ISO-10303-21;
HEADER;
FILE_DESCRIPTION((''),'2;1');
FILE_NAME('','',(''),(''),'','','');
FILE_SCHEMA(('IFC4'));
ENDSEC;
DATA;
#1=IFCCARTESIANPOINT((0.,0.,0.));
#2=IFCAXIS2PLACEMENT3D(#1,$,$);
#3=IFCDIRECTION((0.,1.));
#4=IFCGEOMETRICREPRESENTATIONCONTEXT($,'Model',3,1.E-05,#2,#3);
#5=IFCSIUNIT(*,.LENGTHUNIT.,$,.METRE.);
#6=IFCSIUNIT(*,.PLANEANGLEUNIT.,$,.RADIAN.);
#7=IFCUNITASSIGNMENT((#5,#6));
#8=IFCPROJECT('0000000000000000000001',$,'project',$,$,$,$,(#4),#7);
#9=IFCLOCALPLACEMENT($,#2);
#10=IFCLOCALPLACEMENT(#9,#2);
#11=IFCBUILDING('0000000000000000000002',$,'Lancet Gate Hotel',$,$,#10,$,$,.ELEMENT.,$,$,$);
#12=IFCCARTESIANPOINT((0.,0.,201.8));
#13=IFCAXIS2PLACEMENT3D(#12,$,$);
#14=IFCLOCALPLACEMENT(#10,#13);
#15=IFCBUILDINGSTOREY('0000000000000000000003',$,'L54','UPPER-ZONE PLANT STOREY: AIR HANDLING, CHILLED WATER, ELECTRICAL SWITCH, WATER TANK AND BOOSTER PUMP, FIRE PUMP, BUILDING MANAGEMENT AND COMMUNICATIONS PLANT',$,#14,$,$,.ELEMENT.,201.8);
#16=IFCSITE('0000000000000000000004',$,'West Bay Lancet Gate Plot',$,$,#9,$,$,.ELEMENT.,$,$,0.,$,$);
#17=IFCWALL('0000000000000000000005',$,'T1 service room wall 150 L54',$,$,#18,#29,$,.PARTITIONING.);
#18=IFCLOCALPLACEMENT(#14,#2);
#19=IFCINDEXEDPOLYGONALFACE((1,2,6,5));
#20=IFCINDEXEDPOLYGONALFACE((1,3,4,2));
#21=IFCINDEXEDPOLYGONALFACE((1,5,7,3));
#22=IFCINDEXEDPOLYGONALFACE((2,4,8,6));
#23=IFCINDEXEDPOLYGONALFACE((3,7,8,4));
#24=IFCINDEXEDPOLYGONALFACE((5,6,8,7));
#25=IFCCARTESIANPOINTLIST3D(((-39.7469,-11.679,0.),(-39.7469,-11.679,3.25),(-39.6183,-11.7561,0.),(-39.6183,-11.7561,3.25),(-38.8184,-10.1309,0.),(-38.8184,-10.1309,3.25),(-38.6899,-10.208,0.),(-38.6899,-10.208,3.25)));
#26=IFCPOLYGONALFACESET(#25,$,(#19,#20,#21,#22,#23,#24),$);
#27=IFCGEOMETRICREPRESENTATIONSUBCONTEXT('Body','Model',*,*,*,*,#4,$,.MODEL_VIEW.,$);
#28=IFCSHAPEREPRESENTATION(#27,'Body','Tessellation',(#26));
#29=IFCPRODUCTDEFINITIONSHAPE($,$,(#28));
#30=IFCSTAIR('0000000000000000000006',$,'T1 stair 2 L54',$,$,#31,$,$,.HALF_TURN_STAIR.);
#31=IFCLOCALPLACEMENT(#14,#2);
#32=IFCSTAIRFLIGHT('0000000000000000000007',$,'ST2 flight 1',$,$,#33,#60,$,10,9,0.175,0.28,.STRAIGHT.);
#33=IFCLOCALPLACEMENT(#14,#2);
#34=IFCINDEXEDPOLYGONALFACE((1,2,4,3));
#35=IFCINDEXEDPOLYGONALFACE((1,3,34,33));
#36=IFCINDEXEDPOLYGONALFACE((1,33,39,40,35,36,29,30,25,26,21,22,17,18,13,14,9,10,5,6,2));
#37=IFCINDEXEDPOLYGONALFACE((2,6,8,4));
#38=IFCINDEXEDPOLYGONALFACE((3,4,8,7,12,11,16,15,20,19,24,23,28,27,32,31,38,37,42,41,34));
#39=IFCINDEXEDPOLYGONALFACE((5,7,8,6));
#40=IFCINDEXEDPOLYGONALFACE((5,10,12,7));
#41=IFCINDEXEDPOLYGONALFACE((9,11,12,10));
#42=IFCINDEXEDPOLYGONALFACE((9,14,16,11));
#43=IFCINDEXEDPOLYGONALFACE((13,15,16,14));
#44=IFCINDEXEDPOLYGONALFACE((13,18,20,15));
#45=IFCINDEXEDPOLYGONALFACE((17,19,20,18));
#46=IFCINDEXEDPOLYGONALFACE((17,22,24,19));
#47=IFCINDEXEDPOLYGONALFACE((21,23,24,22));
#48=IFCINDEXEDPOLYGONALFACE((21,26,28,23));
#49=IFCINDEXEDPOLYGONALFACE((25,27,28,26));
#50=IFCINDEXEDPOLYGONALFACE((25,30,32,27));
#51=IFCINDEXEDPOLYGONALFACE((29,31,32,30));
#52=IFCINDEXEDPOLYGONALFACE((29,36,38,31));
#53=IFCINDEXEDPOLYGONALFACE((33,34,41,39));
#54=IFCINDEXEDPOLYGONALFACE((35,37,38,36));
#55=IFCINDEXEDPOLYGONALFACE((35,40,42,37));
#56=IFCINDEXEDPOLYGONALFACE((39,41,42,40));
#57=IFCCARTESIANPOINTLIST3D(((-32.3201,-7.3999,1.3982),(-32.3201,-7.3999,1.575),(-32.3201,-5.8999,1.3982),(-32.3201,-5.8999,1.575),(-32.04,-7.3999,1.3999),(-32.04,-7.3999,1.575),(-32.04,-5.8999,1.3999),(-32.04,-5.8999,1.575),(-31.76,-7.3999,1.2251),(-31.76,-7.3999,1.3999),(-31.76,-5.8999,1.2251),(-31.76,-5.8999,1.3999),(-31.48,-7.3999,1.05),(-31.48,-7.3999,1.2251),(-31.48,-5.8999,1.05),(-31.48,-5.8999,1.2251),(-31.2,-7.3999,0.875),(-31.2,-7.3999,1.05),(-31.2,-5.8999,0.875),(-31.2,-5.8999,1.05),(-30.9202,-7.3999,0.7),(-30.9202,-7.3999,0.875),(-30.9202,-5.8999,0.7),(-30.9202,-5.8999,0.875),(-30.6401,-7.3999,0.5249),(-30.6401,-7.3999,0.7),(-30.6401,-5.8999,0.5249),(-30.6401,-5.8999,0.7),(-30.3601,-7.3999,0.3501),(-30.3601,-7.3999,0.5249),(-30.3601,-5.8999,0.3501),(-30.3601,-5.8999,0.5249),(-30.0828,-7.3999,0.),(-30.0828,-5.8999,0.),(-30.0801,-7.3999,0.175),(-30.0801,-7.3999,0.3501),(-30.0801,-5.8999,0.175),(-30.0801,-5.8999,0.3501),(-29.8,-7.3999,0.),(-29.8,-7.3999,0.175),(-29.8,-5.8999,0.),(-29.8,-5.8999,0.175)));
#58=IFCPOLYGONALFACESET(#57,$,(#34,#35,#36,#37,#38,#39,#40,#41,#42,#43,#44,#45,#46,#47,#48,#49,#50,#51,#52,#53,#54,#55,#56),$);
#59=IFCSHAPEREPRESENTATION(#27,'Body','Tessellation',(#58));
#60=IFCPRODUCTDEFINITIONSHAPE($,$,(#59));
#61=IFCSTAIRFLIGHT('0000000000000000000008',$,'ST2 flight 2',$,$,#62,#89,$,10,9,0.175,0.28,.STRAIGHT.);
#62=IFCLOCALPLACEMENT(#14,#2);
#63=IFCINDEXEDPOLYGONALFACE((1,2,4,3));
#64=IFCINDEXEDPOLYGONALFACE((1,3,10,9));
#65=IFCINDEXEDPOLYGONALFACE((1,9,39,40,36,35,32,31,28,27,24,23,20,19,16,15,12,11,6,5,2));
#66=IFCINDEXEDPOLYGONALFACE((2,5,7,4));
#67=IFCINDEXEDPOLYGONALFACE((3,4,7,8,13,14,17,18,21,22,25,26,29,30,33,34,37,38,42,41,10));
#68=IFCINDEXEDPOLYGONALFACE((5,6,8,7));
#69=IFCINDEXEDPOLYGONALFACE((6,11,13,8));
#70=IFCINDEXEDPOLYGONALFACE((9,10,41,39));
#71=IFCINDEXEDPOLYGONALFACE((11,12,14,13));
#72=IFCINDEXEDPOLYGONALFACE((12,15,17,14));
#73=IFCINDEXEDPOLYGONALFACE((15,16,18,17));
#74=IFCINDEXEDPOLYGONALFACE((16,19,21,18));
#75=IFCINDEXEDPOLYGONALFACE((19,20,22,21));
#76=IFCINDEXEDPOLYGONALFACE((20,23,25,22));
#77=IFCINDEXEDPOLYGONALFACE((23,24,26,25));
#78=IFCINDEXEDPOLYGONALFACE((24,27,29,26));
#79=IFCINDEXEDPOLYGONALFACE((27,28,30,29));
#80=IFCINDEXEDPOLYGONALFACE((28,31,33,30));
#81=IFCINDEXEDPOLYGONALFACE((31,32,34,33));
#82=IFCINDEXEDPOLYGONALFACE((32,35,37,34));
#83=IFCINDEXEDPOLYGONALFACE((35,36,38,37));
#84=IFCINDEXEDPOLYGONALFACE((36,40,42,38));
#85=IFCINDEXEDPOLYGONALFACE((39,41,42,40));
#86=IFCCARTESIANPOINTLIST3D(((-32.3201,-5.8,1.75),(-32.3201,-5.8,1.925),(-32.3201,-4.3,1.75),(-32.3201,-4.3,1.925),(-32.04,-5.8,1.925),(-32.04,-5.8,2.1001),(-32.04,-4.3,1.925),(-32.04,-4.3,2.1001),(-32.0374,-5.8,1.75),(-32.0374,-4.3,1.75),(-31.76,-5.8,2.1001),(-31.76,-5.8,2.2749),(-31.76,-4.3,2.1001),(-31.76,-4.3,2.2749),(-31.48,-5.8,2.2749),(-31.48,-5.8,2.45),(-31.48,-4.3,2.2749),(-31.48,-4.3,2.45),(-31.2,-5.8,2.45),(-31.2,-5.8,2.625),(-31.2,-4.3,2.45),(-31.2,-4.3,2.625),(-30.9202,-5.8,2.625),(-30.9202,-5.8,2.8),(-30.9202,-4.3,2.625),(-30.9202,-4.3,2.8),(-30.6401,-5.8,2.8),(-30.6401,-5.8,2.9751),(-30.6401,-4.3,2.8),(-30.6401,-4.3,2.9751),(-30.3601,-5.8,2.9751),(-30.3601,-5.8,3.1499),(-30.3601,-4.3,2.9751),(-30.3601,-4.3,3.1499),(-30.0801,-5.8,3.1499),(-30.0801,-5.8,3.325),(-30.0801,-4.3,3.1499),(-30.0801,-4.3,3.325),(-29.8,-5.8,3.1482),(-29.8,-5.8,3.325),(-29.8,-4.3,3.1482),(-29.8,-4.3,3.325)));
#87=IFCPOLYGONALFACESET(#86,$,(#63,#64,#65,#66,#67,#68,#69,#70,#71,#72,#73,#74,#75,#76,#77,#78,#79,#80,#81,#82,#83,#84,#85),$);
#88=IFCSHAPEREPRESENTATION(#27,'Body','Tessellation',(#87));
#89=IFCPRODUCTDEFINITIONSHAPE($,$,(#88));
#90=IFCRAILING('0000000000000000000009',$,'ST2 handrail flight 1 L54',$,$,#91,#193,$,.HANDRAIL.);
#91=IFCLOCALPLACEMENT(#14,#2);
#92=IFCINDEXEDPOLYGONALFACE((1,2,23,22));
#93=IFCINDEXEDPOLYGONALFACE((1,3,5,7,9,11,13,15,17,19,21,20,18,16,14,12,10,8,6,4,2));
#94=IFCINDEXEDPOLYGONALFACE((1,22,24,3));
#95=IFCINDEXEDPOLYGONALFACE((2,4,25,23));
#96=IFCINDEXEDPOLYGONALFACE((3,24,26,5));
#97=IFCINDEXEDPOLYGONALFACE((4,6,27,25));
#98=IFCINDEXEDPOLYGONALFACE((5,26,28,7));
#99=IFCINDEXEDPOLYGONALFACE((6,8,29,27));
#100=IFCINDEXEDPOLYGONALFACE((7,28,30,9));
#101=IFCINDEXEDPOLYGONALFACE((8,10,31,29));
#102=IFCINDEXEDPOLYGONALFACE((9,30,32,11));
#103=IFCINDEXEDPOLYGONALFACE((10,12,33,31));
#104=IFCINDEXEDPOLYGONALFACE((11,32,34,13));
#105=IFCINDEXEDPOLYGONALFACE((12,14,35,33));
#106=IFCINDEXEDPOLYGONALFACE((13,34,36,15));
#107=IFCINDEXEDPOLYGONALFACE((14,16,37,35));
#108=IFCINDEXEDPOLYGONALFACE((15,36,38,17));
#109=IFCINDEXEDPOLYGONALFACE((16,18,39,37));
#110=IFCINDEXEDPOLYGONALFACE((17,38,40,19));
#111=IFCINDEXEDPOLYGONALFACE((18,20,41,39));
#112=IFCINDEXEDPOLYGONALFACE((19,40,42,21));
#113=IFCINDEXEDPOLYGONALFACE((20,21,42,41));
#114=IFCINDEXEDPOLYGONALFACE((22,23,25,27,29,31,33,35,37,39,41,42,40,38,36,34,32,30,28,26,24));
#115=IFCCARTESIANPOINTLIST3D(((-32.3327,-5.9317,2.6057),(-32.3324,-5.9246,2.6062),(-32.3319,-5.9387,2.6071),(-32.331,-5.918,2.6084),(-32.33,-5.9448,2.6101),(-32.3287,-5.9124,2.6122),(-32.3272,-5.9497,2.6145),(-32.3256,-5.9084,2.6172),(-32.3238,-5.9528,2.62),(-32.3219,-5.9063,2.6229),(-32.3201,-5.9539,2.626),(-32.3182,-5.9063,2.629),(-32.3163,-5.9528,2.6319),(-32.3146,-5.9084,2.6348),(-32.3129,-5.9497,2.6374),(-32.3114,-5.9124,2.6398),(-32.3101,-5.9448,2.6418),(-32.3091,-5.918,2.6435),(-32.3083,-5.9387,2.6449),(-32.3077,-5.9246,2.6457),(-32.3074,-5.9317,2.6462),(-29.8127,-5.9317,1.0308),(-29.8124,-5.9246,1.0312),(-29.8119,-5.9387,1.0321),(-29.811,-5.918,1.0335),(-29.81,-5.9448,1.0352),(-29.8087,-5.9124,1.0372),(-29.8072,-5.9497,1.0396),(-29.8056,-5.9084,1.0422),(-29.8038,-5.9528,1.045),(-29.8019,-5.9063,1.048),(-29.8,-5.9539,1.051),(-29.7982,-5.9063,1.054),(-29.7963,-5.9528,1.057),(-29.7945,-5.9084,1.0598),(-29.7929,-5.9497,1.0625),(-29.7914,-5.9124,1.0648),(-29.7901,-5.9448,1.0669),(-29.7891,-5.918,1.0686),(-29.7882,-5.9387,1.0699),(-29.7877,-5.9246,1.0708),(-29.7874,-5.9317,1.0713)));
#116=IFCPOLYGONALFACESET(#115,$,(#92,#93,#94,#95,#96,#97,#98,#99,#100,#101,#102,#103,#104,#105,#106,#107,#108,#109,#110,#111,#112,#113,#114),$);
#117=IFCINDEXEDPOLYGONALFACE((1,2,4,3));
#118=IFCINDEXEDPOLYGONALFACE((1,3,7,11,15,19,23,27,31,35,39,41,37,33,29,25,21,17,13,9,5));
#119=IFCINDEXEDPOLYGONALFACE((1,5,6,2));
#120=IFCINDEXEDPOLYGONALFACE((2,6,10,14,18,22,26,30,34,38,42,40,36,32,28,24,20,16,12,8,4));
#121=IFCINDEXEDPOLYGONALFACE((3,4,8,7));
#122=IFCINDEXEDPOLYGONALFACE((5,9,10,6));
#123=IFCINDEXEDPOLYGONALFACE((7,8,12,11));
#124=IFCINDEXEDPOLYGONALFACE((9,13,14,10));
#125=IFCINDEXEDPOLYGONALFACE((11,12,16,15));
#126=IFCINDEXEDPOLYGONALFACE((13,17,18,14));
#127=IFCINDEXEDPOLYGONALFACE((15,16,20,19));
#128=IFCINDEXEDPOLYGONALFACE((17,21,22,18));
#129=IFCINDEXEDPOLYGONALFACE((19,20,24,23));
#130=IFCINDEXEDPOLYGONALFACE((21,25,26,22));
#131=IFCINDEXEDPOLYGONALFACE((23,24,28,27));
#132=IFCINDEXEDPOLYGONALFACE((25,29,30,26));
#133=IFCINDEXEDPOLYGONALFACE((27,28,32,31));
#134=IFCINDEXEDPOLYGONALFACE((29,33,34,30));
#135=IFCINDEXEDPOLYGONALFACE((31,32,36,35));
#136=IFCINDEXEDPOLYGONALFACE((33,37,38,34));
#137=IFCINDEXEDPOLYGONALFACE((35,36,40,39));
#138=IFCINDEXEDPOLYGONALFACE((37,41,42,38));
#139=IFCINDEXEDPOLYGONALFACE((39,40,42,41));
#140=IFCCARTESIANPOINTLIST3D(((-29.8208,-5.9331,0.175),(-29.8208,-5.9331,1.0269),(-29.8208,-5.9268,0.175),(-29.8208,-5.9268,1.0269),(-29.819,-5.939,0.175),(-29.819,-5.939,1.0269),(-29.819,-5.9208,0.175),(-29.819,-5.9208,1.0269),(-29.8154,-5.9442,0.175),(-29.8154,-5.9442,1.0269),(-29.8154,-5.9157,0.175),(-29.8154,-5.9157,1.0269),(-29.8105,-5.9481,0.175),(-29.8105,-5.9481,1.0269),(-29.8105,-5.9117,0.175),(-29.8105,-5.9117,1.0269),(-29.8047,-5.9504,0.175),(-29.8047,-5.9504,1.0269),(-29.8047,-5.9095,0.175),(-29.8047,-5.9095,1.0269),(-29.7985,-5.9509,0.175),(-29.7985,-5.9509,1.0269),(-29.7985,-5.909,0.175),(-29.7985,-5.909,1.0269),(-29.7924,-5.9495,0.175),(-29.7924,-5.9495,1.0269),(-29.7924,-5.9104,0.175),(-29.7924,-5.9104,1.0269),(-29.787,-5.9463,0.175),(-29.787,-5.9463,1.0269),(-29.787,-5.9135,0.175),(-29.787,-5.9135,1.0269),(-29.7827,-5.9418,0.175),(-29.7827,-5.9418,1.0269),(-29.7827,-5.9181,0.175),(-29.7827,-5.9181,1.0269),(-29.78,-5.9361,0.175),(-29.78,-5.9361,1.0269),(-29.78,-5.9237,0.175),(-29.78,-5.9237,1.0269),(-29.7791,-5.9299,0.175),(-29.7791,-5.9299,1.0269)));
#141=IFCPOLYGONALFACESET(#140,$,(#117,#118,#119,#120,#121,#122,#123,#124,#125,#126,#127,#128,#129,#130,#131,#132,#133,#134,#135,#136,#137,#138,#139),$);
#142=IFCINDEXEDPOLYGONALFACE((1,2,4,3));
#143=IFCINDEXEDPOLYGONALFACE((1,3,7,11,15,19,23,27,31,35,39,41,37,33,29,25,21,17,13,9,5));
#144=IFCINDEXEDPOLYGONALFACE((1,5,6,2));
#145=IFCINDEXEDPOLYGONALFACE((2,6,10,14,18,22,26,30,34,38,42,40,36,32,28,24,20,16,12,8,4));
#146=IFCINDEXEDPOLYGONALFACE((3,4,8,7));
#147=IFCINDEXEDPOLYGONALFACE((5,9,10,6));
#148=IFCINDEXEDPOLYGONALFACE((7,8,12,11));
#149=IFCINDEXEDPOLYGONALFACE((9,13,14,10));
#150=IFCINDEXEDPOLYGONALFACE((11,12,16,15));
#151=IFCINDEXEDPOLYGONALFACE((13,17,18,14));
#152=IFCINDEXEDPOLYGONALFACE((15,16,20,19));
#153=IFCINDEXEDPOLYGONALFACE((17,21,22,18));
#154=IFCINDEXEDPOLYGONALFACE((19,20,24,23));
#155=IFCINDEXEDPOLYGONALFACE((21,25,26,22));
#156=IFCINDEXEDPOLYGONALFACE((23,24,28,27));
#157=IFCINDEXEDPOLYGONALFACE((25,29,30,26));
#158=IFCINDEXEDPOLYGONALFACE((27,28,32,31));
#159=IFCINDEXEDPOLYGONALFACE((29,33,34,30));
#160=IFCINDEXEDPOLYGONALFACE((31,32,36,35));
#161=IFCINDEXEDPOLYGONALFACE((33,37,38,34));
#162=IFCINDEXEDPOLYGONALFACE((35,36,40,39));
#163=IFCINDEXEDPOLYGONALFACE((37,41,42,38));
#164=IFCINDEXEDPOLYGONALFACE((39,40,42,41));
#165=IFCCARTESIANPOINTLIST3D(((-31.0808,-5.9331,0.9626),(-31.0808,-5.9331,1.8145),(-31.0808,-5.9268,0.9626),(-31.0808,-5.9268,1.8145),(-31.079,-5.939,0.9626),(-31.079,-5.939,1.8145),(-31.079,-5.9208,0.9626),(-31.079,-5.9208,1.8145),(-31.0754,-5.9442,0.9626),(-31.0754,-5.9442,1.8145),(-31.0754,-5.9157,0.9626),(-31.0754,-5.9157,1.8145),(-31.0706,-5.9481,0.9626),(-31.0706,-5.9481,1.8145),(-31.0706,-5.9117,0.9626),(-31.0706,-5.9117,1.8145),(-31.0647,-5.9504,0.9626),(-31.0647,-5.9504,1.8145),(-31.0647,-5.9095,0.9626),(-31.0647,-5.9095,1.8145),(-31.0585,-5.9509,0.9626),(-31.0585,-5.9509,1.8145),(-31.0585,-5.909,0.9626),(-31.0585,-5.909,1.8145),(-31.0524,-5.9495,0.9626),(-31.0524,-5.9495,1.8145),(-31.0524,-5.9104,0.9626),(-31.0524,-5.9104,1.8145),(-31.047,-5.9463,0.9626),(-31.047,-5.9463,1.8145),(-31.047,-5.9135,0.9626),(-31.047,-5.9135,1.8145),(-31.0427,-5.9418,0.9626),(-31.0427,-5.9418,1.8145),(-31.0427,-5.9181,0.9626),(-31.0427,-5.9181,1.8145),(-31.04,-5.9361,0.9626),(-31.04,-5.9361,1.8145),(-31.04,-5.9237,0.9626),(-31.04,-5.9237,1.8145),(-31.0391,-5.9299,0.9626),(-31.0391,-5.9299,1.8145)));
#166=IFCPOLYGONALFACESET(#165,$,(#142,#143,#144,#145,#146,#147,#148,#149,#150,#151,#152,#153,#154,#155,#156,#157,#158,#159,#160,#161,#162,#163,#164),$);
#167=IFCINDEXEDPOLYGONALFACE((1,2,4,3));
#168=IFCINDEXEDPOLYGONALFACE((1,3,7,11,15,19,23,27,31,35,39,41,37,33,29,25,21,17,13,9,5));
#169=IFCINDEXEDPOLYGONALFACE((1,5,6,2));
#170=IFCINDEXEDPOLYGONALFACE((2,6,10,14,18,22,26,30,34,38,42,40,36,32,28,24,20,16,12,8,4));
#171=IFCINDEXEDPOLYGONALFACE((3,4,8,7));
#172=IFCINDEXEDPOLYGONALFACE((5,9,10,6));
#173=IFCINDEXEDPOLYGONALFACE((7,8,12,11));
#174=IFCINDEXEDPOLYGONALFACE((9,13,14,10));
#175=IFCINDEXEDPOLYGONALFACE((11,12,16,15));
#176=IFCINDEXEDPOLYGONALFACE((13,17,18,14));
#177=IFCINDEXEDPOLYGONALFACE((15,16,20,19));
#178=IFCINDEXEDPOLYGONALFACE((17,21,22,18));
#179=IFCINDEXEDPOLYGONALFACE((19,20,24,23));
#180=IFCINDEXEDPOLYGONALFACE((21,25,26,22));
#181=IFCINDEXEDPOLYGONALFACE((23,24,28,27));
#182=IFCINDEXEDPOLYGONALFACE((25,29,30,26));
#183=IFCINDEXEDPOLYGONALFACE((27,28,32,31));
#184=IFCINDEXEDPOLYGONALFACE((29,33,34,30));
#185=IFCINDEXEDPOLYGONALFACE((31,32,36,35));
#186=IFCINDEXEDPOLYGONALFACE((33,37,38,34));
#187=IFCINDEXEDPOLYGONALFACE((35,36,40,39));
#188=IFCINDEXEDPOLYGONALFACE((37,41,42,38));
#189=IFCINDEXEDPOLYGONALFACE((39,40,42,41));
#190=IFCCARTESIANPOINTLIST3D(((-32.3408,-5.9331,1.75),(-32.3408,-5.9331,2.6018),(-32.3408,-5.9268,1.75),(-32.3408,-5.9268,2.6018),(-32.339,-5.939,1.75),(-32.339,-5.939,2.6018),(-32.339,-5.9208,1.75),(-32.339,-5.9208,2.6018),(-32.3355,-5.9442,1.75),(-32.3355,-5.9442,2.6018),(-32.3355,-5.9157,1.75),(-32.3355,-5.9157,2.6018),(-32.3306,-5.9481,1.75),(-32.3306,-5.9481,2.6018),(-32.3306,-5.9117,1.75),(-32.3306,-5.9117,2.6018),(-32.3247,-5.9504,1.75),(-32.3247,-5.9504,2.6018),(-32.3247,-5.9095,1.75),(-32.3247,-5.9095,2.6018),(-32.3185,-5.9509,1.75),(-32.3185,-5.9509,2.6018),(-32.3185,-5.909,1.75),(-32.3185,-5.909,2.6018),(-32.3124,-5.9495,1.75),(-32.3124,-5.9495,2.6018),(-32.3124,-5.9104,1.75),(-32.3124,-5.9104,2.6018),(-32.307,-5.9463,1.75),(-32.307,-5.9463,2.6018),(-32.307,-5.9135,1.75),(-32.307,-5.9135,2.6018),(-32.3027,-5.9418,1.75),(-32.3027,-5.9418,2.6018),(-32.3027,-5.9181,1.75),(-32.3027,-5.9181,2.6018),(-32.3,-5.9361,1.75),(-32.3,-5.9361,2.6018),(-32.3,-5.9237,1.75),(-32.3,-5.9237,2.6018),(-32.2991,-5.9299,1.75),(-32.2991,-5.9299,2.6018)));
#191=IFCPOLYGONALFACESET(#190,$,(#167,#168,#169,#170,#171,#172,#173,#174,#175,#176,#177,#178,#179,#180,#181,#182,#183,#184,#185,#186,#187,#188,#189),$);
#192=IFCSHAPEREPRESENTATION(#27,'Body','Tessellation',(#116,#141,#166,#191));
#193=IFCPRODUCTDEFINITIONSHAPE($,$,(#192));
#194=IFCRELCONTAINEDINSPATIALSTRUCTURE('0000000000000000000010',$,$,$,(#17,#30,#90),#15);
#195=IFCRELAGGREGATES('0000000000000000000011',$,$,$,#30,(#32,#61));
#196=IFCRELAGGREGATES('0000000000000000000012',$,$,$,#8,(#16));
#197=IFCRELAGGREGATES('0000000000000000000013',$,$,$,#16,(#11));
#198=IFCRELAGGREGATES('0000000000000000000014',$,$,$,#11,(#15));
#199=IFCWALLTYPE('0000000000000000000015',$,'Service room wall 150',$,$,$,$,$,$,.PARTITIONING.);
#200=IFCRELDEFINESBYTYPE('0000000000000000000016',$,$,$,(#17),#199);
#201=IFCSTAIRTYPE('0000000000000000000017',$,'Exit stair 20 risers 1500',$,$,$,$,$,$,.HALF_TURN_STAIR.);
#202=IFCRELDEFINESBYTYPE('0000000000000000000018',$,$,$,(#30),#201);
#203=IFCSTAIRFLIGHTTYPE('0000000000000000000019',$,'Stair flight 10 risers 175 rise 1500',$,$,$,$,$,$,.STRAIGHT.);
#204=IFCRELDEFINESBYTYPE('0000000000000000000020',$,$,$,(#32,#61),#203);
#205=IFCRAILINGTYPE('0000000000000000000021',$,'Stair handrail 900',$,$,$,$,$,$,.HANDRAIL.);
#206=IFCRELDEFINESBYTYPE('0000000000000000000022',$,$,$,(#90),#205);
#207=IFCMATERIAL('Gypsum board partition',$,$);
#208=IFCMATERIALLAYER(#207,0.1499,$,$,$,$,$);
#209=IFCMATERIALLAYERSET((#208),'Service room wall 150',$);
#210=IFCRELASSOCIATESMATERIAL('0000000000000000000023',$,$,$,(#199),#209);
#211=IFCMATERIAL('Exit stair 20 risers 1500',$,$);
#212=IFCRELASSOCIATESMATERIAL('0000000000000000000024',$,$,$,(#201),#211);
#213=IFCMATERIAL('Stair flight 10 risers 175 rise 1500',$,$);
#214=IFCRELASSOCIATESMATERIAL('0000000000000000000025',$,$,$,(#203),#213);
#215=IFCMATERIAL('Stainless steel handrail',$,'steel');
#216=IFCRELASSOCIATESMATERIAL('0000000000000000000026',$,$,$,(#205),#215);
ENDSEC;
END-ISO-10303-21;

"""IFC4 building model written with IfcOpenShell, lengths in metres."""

from ifc_helpers import new_model, si_unit, direction, frame, frame_2d, origin, origin_2d, place, context, subcontext, project, spatial, polyline, rectangle, circle, outline, extrude, material, layer, layer_set, type_object, element, aggregate, save


model = new_model("IFC4")

# Units and contexts
model_context = context("Model", 3, precision=1e-05, world=origin(), true_north=direction((0.0, 1.0)))
body_context = subcontext(model_context, "Body", "Model", "MODEL_VIEW")
ifc_project = project(units=[si_unit("LENGTHUNIT", "METRE"), si_unit("PLANEANGLEUNIT", "RADIAN")], contexts=[model_context])

# Site, building, storey
site_placement = place(None, origin())
site = spatial("IfcSite", under=ifc_project, at=site_placement, Name="West Bay Lancet Gate Plot", CompositionType="ELEMENT", RefElevation=0.0)
building_placement = place(site_placement, origin())
building = spatial("IfcBuilding", under=site, at=building_placement, Name="Lancet Gate Hotel", CompositionType="ELEMENT")
storey_placement = place(building_placement, frame((0.0, 0.0, 201.8)))
storey = spatial("IfcBuildingStorey", under=building, at=storey_placement, Name="L54", Description="UPPER-ZONE PLANT STOREY: AIR HANDLING, CHILLED WATER, ELECTRICAL SWITCH, WATER TANK AND BOOSTER PUMP, FIRE PUMP, BUILDING MANAGEMENT AND COMMUNICATIONS PLANT", CompositionType="ELEMENT", Elevation=201.8)

# Wall
ifc_material_1 = material(Name="Gypsum board partition")
ifc_layer_1 = layer(ifc_material_1, 0.1499)
ifc_layer_set_1 = layer_set([ifc_layer_1], Name="Service room wall 150")
wall_type_1 = type_object("IfcWallType", Name="Service room wall 150", PredefinedType="PARTITIONING", material=ifc_layer_set_1)
wall_1_placement = place(storey_placement, frame((-39.6826, -11.7175, 0.0), z_axis=(0.0, 0.0, 1.0), x_axis=(0.514337, 0.857588, 0.0)))
element("IfcWall", 1, at=wall_1_placement, inside=storey, type_object=wall_type_1, Name="T1 service room wall 150 L54", PredefinedType="PARTITIONING", context=body_context, shape_type="SweptSolid", body=[
    extrude(rectangle(XDim=1.8052, YDim=0.1499, at=frame_2d((0.9026, 0.0))), origin(), (0.0, 0.0, 1.0), 3.25),
])

# Stair, stair flights
ifc_material_2 = material(Name="Exit stair 20 risers 1500")
stair_type = type_object("IfcStairType", Name="Exit stair 20 risers 1500", PredefinedType="HALF_TURN_STAIR", material=ifc_material_2)
stair_placement = place(storey_placement, origin())
stair = element("IfcStair", 2, at=stair_placement, inside=storey, type_object=stair_type, Name="T1 stair 2 L54", PredefinedType="HALF_TURN_STAIR")
ifc_material_3 = material(Name="Stair flight 10 risers 175 rise 1500")
stair_flight_type = type_object("IfcStairFlightType", Name="Stair flight 10 risers 175 rise 1500", PredefinedType="STRAIGHT", material=ifc_material_3)
stair_flight_1_placement = place(storey_placement, frame((-29.8, -6.6499, 0.0), z_axis=(0.0, 0.0, 1.0), x_axis=(-1.0, 0.0, 0.0)))
stair_flight_1 = element("IfcStairFlight", 3, at=stair_flight_1_placement, type_object=stair_flight_type, Name="ST2 flight 1", NumberOfRisers=10, NumberOfTreads=9, PredefinedType="STRAIGHT", RiserHeight=0.175, TreadLength=0.28, context=body_context, shape_type="SweptSolid", body=[
    extrude(outline(polyline([(0.0, 0.0), (0.0, 0.175), (0.28, 0.175), (0.28, 0.3501), (0.5601, 0.3501), (0.5601, 0.5249), (0.8401, 0.5249), (0.8401, 0.7), (1.1201, 0.7), (1.1201, 0.875), (1.3999, 0.875), (1.3999, 1.05), (1.6799, 1.05), (1.6799, 1.2251), (1.96, 1.2251), (1.96, 1.3999), (2.24, 1.3999), (2.24, 1.575), (2.52, 1.575), (2.52, 1.75), (2.52, 1.3982), (0.2827, 0.0), (0.0, 0.0)])), frame((0.0, 0.75, 0.0), z_axis=(0.0, -1.0, 0.0), x_axis=(1.0, 0.0, 0.0)), (0.0, 0.0, 1.0), 1.5),
])
stair_flight_2_placement = place(storey_placement, frame((-32.3201, -5.05, 1.75), z_axis=(0.0, 0.0, 1.0), x_axis=(1.0, 0.0, 0.0)))
stair_flight_2 = element("IfcStairFlight", 4, at=stair_flight_2_placement, type_object=stair_flight_type, Name="ST2 flight 2", NumberOfRisers=10, NumberOfTreads=9, PredefinedType="STRAIGHT", RiserHeight=0.175, TreadLength=0.28, context=body_context, shape_type="SweptSolid", body=[
    extrude(outline(polyline([(0.0, 0.0), (0.0, 0.175), (0.28, 0.175), (0.28, 0.3501), (0.5601, 0.3501), (0.5601, 0.5249), (0.8401, 0.5249), (0.8401, 0.7), (1.1201, 0.7), (1.1201, 0.875), (1.3999, 0.875), (1.3999, 1.05), (1.6799, 1.05), (1.6799, 1.2251), (1.96, 1.2251), (1.96, 1.3999), (2.24, 1.3999), (2.24, 1.575), (2.52, 1.575), (2.52, 1.75), (2.52, 1.3982), (0.2827, 0.0), (0.0, 0.0)])), frame((0.0, 0.75, 0.0), z_axis=(0.0, -1.0, 0.0), x_axis=(1.0, 0.0, 0.0)), (0.0, 0.0, 1.0), 1.5),
])
aggregate(stair, [stair_flight_1, stair_flight_2])

# Railing
ifc_material_4 = material(Name="Stainless steel handrail", Category="steel")
railing_type = type_object("IfcRailingType", Name="Stair handrail 900", PredefinedType="HANDRAIL", material=ifc_material_4)
railing_1_placement = place(storey_placement, frame((-29.8, -5.9299, 0.175)))
element("IfcRailing", 5, at=railing_1_placement, inside=storey, type_object=railing_type, Name="ST2 handrail flight 1 L54", PredefinedType="HANDRAIL", context=body_context, shape_type="SweptSolid", body=[
    extrude(circle(Radius=0.0239, at=origin_2d()), frame((0.0, 0.0, 0.876), z_axis=(-0.848008, 0.0, 0.529984), x_axis=(0.0, -1.0, 0.0)), (0.0, 0.0, 1.0), 2.9717),
    extrude(circle(Radius=0.021, at=origin_2d()), origin(), (0.0, 0.0, 1.0), 0.8518),
    extrude(circle(Radius=0.021, at=origin_2d()), frame((-1.26, 0.0, 0.7876)), (0.0, 0.0, 1.0), 0.8518),
    extrude(circle(Radius=0.021, at=origin_2d()), frame((-2.52, 0.0, 1.575)), (0.0, 0.0, 1.0), 0.8518),
])

save(model, "model.ifc")
